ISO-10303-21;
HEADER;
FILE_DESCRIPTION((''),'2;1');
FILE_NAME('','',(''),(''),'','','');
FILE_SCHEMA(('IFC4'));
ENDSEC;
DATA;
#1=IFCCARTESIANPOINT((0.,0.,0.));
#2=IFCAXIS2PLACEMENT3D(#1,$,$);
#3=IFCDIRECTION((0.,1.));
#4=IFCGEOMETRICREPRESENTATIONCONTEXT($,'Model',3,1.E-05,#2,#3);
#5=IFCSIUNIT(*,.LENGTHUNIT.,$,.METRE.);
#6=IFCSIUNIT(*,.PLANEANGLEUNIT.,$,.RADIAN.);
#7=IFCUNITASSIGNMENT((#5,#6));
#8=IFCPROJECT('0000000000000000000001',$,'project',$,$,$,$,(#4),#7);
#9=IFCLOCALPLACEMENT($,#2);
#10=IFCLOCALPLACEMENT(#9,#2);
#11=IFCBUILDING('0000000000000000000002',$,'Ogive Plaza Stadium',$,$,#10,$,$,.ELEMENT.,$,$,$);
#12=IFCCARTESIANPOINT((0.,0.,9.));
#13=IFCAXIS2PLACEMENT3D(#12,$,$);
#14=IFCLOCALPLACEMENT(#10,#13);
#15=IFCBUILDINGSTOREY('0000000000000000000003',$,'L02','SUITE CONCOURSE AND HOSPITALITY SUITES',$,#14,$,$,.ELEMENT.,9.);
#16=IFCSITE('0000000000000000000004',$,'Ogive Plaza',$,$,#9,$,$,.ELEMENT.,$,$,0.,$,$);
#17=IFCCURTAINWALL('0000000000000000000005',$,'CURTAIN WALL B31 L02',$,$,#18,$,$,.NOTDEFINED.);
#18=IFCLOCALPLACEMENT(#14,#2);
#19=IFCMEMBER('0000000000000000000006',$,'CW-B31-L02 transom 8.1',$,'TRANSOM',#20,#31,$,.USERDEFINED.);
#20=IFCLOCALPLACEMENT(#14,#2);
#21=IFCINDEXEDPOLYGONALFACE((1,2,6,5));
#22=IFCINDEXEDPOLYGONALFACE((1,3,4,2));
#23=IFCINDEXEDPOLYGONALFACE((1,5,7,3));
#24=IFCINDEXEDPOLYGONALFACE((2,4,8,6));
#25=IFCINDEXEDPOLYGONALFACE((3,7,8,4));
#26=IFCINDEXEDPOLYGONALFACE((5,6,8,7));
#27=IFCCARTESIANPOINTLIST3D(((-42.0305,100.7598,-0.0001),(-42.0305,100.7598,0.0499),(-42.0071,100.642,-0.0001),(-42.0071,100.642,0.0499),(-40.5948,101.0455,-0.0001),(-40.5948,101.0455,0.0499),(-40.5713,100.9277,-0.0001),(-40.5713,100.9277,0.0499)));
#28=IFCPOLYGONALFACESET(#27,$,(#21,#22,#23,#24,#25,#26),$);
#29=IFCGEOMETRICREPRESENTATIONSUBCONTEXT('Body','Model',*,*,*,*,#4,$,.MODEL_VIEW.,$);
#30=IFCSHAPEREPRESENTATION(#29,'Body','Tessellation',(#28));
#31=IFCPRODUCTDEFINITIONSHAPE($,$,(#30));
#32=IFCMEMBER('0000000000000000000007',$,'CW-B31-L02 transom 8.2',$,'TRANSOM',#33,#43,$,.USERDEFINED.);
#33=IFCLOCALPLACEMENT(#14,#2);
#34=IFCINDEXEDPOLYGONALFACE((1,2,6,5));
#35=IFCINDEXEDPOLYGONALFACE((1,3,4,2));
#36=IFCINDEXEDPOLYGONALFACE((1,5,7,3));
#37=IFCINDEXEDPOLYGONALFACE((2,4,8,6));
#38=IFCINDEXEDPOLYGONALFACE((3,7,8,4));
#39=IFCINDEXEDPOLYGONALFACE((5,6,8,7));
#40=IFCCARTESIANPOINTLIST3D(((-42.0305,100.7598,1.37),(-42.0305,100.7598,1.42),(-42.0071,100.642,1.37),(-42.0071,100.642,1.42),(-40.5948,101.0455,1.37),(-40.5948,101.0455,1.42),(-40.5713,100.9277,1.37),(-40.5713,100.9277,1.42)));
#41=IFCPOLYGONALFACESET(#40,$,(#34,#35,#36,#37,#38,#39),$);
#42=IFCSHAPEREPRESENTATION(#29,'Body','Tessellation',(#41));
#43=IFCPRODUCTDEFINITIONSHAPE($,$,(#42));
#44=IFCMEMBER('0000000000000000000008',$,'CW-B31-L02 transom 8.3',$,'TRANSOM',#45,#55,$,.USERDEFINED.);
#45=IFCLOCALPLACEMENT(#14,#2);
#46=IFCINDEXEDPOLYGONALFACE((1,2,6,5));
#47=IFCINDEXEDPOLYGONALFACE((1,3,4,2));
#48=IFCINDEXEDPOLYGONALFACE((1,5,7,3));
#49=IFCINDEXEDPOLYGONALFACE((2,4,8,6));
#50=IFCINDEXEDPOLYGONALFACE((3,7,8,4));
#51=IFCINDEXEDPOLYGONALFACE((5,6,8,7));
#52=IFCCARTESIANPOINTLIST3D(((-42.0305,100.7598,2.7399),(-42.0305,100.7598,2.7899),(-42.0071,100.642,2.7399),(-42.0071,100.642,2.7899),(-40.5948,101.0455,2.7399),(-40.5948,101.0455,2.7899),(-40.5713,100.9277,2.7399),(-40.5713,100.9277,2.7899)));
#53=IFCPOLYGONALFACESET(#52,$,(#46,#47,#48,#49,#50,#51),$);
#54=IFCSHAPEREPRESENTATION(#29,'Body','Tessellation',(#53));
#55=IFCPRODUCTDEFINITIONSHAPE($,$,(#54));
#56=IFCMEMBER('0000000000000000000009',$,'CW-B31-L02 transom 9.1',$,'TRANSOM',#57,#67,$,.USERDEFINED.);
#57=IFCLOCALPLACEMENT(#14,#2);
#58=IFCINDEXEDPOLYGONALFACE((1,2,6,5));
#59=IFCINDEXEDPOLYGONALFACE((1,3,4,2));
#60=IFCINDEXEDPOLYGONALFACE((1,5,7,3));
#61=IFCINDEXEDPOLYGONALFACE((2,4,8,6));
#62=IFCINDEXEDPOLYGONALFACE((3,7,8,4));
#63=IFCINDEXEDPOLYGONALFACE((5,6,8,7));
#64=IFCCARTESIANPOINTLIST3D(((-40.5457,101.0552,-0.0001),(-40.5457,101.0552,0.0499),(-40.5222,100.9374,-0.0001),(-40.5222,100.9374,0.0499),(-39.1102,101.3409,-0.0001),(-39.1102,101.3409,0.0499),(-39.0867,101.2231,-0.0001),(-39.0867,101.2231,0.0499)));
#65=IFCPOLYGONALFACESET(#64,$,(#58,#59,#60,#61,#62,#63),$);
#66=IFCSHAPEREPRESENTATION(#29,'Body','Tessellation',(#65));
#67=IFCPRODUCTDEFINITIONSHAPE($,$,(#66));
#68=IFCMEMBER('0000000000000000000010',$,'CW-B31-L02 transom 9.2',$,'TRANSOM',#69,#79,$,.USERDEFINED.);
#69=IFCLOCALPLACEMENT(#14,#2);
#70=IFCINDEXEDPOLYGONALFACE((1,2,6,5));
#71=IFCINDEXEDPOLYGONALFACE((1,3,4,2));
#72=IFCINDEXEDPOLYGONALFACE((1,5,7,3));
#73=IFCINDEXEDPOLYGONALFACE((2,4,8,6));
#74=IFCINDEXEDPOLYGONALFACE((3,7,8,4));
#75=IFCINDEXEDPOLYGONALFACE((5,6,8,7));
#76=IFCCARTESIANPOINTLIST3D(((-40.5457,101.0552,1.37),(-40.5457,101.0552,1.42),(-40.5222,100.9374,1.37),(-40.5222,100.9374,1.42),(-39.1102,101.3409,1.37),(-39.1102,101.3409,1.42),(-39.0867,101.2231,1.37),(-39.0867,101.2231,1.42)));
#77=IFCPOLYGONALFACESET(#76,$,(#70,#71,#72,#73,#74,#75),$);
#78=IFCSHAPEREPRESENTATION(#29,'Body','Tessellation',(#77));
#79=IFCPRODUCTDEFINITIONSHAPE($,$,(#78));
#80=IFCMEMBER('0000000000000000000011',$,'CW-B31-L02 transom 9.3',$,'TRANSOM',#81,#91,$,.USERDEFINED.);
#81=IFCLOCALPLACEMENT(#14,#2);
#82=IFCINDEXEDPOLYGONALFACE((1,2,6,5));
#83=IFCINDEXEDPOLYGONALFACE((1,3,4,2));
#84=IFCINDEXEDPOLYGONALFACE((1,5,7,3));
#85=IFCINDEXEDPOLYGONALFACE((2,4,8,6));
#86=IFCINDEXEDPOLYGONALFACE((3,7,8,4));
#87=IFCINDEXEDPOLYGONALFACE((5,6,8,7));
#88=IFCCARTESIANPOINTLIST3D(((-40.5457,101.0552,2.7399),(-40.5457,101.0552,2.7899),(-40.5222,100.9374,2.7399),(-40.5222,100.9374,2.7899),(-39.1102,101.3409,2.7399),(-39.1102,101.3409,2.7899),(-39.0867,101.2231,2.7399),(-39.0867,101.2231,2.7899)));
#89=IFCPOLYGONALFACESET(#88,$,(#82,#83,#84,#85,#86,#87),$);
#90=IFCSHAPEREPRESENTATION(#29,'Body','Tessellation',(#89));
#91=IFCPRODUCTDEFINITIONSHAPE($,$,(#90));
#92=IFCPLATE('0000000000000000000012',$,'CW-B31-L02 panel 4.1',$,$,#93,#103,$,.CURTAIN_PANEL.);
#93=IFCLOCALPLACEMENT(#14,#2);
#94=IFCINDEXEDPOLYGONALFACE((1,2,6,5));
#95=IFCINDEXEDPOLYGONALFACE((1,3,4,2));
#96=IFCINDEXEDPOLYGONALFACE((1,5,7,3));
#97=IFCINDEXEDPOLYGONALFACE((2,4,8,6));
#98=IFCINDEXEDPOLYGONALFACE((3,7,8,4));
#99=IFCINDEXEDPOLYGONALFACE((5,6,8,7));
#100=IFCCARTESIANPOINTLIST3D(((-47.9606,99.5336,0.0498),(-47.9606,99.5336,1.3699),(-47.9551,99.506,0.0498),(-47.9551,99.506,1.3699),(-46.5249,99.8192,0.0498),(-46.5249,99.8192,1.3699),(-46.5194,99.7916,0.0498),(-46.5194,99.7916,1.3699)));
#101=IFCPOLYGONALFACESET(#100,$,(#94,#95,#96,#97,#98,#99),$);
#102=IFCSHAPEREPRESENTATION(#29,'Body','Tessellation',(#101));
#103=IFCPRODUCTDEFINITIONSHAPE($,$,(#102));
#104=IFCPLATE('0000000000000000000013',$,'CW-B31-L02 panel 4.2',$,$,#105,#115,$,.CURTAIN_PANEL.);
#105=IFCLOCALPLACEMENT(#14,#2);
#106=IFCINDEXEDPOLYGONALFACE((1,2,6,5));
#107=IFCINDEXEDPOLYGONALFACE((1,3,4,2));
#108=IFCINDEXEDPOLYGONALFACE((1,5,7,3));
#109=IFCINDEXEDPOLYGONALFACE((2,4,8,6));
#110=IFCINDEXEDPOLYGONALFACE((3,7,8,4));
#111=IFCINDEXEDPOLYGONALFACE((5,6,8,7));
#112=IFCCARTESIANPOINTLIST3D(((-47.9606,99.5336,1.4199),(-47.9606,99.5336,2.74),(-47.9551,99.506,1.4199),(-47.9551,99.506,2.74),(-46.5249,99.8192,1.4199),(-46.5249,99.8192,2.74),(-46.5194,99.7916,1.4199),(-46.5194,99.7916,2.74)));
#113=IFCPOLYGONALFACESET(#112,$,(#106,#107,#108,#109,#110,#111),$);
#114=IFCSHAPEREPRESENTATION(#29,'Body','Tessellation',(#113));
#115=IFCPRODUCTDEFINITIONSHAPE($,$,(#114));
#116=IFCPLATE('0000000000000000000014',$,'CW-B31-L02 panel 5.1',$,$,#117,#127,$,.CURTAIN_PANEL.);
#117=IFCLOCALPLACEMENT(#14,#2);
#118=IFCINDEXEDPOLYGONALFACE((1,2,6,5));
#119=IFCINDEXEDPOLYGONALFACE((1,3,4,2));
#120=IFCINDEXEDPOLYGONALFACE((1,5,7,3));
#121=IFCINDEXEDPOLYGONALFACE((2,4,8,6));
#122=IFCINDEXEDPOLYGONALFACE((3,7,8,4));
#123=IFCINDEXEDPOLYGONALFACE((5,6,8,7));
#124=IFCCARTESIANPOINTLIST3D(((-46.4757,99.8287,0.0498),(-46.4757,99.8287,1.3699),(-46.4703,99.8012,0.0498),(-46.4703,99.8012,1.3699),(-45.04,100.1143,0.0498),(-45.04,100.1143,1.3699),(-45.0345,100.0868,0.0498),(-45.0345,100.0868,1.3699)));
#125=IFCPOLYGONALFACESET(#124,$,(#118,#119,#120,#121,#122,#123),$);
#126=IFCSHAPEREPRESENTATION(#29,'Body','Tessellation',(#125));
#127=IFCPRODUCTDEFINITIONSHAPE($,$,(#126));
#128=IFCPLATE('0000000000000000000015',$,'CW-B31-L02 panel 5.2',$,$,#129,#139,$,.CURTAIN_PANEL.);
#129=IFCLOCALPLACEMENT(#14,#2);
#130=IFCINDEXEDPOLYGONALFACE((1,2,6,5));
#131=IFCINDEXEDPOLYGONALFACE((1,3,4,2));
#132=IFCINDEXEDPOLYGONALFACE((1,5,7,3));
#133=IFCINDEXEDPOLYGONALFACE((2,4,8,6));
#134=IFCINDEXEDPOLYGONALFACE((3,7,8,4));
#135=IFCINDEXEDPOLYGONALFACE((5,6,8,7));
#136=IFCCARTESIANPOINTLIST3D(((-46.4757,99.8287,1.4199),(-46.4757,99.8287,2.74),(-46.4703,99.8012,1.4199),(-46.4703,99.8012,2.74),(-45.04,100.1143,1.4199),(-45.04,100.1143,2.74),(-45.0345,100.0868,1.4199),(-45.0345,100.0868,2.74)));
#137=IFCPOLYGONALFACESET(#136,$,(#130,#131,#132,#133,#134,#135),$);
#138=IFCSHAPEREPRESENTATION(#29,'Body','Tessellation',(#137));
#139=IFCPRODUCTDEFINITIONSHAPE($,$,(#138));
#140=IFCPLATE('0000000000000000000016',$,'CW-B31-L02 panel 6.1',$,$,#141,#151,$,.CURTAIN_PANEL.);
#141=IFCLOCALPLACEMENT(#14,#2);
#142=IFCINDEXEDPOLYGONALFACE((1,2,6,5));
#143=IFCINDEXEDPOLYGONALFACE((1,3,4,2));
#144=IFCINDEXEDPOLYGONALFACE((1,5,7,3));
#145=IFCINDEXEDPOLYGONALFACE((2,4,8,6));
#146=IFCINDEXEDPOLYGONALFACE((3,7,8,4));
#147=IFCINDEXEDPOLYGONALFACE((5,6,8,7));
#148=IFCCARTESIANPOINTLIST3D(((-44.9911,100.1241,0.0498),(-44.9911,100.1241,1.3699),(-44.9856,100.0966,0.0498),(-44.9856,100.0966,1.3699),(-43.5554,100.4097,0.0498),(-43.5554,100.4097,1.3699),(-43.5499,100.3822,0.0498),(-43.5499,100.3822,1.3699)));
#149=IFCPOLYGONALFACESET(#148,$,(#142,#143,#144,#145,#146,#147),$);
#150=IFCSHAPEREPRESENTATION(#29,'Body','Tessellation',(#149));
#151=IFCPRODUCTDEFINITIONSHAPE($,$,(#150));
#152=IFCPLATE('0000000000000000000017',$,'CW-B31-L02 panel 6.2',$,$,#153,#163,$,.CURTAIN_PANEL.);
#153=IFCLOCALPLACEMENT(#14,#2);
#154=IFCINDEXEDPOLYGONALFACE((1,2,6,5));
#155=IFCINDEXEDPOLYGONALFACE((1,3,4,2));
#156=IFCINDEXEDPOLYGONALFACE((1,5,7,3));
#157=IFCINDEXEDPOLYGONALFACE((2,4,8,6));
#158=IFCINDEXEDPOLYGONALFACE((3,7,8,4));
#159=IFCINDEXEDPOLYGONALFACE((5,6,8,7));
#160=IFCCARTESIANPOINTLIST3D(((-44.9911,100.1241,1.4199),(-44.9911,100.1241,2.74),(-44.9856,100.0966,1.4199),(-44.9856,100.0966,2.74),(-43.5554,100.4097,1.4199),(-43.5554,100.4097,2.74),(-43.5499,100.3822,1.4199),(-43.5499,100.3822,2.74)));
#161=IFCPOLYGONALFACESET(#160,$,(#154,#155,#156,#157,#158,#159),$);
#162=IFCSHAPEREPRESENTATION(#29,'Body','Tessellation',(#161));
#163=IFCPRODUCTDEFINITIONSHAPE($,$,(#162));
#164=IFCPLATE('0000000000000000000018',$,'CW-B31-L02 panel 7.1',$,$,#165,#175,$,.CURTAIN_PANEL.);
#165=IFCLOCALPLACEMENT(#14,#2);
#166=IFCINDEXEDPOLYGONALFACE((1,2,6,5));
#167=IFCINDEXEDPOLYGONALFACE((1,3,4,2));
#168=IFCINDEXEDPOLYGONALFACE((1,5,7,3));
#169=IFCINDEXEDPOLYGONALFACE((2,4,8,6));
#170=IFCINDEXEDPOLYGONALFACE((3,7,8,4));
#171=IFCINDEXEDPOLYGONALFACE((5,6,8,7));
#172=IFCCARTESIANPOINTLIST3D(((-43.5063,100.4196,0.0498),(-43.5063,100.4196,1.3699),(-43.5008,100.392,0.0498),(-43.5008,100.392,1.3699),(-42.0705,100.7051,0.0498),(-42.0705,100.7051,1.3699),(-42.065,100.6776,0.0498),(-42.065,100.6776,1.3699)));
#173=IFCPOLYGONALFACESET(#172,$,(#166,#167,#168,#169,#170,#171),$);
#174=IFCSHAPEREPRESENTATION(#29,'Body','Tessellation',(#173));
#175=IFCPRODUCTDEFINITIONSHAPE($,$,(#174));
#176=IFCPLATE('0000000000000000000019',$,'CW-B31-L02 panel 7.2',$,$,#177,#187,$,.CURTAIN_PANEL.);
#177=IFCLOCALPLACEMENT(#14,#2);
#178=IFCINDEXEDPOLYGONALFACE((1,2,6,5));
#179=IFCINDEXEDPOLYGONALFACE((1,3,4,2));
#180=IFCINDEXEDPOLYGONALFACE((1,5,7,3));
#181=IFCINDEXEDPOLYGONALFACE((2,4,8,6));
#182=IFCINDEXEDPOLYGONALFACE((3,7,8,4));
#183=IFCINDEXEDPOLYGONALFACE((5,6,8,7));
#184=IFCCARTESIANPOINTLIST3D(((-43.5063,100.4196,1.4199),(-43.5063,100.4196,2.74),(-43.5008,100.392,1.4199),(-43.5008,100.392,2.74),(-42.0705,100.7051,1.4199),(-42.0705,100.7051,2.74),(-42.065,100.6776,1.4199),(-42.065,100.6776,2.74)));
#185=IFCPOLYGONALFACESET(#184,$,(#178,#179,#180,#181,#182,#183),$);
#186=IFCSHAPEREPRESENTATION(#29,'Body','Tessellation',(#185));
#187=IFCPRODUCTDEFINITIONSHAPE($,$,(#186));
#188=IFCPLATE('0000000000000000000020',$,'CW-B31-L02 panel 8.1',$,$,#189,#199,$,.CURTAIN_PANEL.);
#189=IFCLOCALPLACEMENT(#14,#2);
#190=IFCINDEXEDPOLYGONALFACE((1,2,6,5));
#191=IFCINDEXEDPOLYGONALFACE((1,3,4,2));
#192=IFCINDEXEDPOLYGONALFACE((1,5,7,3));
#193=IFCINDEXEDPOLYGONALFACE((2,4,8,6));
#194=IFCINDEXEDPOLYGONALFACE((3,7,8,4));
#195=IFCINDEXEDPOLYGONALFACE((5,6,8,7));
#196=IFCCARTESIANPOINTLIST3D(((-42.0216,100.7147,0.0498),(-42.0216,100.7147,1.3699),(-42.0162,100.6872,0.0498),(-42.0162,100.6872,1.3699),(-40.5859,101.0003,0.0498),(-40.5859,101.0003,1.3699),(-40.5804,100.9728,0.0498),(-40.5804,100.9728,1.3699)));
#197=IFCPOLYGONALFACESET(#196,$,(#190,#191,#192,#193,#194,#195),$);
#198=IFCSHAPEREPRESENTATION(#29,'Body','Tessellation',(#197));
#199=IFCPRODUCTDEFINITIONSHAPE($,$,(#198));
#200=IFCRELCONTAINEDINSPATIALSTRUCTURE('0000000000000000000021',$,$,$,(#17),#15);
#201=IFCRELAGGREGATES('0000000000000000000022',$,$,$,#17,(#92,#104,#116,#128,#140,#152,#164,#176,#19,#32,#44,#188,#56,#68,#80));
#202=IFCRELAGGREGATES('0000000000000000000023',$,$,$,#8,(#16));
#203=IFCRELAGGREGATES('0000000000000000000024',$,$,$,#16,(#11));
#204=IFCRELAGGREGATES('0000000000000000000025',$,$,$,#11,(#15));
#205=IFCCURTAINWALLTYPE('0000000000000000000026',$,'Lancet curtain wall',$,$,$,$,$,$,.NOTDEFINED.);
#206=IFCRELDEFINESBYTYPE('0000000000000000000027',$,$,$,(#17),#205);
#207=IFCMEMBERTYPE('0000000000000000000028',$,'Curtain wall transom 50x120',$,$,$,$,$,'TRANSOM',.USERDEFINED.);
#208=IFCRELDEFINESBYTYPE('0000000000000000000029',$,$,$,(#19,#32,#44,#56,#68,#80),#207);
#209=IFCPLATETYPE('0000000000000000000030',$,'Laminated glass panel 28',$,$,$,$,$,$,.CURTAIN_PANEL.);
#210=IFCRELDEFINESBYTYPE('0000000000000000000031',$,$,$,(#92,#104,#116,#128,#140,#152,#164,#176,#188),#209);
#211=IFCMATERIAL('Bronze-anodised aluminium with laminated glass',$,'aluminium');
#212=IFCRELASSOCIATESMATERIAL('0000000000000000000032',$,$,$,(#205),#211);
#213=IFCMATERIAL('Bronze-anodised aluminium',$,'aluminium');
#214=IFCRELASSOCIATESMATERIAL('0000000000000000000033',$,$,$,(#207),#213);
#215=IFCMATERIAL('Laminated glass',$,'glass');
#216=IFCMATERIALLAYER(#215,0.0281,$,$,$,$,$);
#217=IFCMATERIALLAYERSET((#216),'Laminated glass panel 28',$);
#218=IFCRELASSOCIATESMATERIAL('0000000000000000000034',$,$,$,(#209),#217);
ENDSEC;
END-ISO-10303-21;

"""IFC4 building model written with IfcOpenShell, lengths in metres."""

from ifc_helpers import new_model, si_unit, direction, frame, origin, origin_2d, place, context, subcontext, project, spatial, rectangle, extrude, material, layer, layer_set, material_profile, profile_set, type_object, element, aggregate, save


model = new_model("IFC4")

# Units and contexts
model_context = context("Model", 3, precision=1e-05, world=origin(), true_north=direction((0.0, 1.0)))
body_context = subcontext(model_context, "Body", "Model", "MODEL_VIEW")
ifc_project = project(units=[si_unit("LENGTHUNIT", "METRE"), si_unit("PLANEANGLEUNIT", "RADIAN")], contexts=[model_context])

# Site, building, storey
site_placement = place(None, origin())
site = spatial("IfcSite", under=ifc_project, at=site_placement, Name="Ogive Plaza", CompositionType="ELEMENT", RefElevation=0.0)
building_placement = place(site_placement, origin())
building = spatial("IfcBuilding", under=site, at=building_placement, Name="Ogive Plaza Stadium", CompositionType="ELEMENT")
storey_placement = place(building_placement, frame((0.0, 0.0, 9.0)))
storey = spatial("IfcBuildingStorey", under=building, at=storey_placement, Name="L02", Description="SUITE CONCOURSE AND HOSPITALITY SUITES", CompositionType="ELEMENT", Elevation=9.0)

# Curtain wall, members, plates
ifc_material_1 = material(Name="Bronze-anodised aluminium with laminated glass", Category="aluminium")
curtain_wall_type = type_object("IfcCurtainWallType", Name="Lancet curtain wall", PredefinedType="NOTDEFINED", material=ifc_material_1)
curtain_wall_placement = place(storey_placement, origin())
curtain_wall = element("IfcCurtainWall", 1, at=curtain_wall_placement, inside=storey, type_object=curtain_wall_type, Name="CURTAIN WALL B31 L02", PredefinedType="NOTDEFINED")
ifc_material_2 = material(Name="Bronze-anodised aluminium", Category="aluminium")
ifc_material_profile_1 = material_profile(ifc_material_2, rectangle(XDim=0.1201, YDim=0.05, at=origin_2d()), Name="AL 120x50")
ifc_profile_set_1 = profile_set([ifc_material_profile_1], Name="Bronze-anodised aluminium")
member_type_1 = type_object("IfcMemberType", Name="Curtain wall transom 50x120", ElementType="TRANSOM", PredefinedType="USERDEFINED", material=ifc_profile_set_1)
member_1_placement = place(storey_placement, frame((-42.0188, 100.7009, 0.0249), z_axis=(0.980779, 0.195122, 0.0), x_axis=(-0.195122, 0.980779, 0.0)))
member_1 = element("IfcMember", 2, at=member_1_placement, type_object=member_type_1, Name="CW-B31-L02 transom 8.1", ObjectType="TRANSOM", PredefinedType="USERDEFINED", context=body_context, shape_type="SweptSolid", body=[
    extrude(rectangle(XDim=0.1201, YDim=0.05, at=origin_2d()), origin(), (0.0, 0.0, 1.0), 1.4639),
])
member_2_placement = place(storey_placement, frame((-42.0188, 100.7009, 1.395), z_axis=(0.980779, 0.195122, 0.0), x_axis=(-0.195122, 0.980779, 0.0)))
member_2 = element("IfcMember", 3, at=member_2_placement, type_object=member_type_1, Name="CW-B31-L02 transom 8.2", ObjectType="TRANSOM", PredefinedType="USERDEFINED", context=body_context, shape_type="SweptSolid", body=[
    extrude(rectangle(XDim=0.1201, YDim=0.05, at=origin_2d()), origin(), (0.0, 0.0, 1.0), 1.4639),
])
member_3_placement = place(storey_placement, frame((-42.0188, 100.7009, 2.7649), z_axis=(0.980779, 0.195122, 0.0), x_axis=(-0.195122, 0.980779, 0.0)))
member_3 = element("IfcMember", 4, at=member_3_placement, type_object=member_type_1, Name="CW-B31-L02 transom 8.3", ObjectType="TRANSOM", PredefinedType="USERDEFINED", context=body_context, shape_type="SweptSolid", body=[
    extrude(rectangle(XDim=0.1201, YDim=0.05, at=origin_2d()), origin(), (0.0, 0.0, 1.0), 1.4639),
])
member_4_placement = place(storey_placement, frame((-40.5339, 100.9963, 0.0249), z_axis=(0.980773, 0.195154, 0.0), x_axis=(-0.195154, 0.980773, 0.0)))
member_4 = element("IfcMember", 5, at=member_4_placement, type_object=member_type_1, Name="CW-B31-L02 transom 9.1", ObjectType="TRANSOM", PredefinedType="USERDEFINED", context=body_context, shape_type="SweptSolid", body=[
    extrude(rectangle(XDim=0.1201, YDim=0.05, at=origin_2d()), origin(), (0.0, 0.0, 1.0), 1.4636),
])
member_5_placement = place(storey_placement, frame((-40.5339, 100.9963, 1.395), z_axis=(0.980773, 0.195154, 0.0), x_axis=(-0.195154, 0.980773, 0.0)))
member_5 = element("IfcMember", 6, at=member_5_placement, type_object=member_type_1, Name="CW-B31-L02 transom 9.2", ObjectType="TRANSOM", PredefinedType="USERDEFINED", context=body_context, shape_type="SweptSolid", body=[
    extrude(rectangle(XDim=0.1201, YDim=0.05, at=origin_2d()), origin(), (0.0, 0.0, 1.0), 1.4636),
])
member_6_placement = place(storey_placement, frame((-40.5339, 100.9963, 2.7649), z_axis=(0.980773, 0.195154, 0.0), x_axis=(-0.195154, 0.980773, 0.0)))
member_6 = element("IfcMember", 7, at=member_6_placement, type_object=member_type_1, Name="CW-B31-L02 transom 9.3", ObjectType="TRANSOM", PredefinedType="USERDEFINED", context=body_context, shape_type="SweptSolid", body=[
    extrude(rectangle(XDim=0.1201, YDim=0.05, at=origin_2d()), origin(), (0.0, 0.0, 1.0), 1.4636),
])
ifc_material_3 = material(Name="Laminated glass", Category="glass")
ifc_layer_1 = layer(ifc_material_3, 0.0281)
ifc_layer_set_1 = layer_set([ifc_layer_1], Name="Laminated glass panel 28")
plate_type = type_object("IfcPlateType", Name="Laminated glass panel 28", PredefinedType="CURTAIN_PANEL", material=ifc_layer_set_1)
plate_1_placement = place(storey_placement, frame((-47.24, 99.6626, 0.0498), z_axis=(0.0, 0.0, 1.0), x_axis=(0.980785, 0.19509, 0.0)))
plate_1 = element("IfcPlate", 8, at=plate_1_placement, type_object=plate_type, Name="CW-B31-L02 panel 4.1", PredefinedType="CURTAIN_PANEL", context=body_context, shape_type="SweptSolid", body=[
    extrude(rectangle(XDim=1.4639, YDim=0.0281, at=origin_2d()), origin(), (0.0, 0.0, 1.0), 1.3201),
])
plate_2_placement = place(storey_placement, frame((-47.24, 99.6626, 1.4199), z_axis=(0.0, 0.0, 1.0), x_axis=(0.980785, 0.19509, 0.0)))
plate_2 = element("IfcPlate", 9, at=plate_2_placement, type_object=plate_type, Name="CW-B31-L02 panel 4.2", PredefinedType="CURTAIN_PANEL", context=body_context, shape_type="SweptSolid", body=[
    extrude(rectangle(XDim=1.4639, YDim=0.0281, at=origin_2d()), origin(), (0.0, 0.0, 1.0), 1.3201),
])
plate_3_placement = place(storey_placement, frame((-45.7551, 99.9578, 0.0498), z_axis=(0.0, 0.0, 1.0), x_axis=(0.980785, 0.19509, 0.0)))
plate_3 = element("IfcPlate", 10, at=plate_3_placement, type_object=plate_type, Name="CW-B31-L02 panel 5.1", PredefinedType="CURTAIN_PANEL", context=body_context, shape_type="SweptSolid", body=[
    extrude(rectangle(XDim=1.4639, YDim=0.0281, at=origin_2d()), origin(), (0.0, 0.0, 1.0), 1.3201),
])
plate_4_placement = place(storey_placement, frame((-45.7551, 99.9578, 1.4199), z_axis=(0.0, 0.0, 1.0), x_axis=(0.980785, 0.19509, 0.0)))
plate_4 = element("IfcPlate", 11, at=plate_4_placement, type_object=plate_type, Name="CW-B31-L02 panel 5.2", PredefinedType="CURTAIN_PANEL", context=body_context, shape_type="SweptSolid", body=[
    extrude(rectangle(XDim=1.4639, YDim=0.0281, at=origin_2d()), origin(), (0.0, 0.0, 1.0), 1.3201),
])
plate_5_placement = place(storey_placement, frame((-44.2705, 100.2532, 0.0498), z_axis=(0.0, 0.0, 1.0), x_axis=(0.980785, 0.19509, 0.0)))
plate_5 = element("IfcPlate", 12, at=plate_5_placement, type_object=plate_type, Name="CW-B31-L02 panel 6.1", PredefinedType="CURTAIN_PANEL", context=body_context, shape_type="SweptSolid", body=[
    extrude(rectangle(XDim=1.4639, YDim=0.0281, at=origin_2d()), origin(), (0.0, 0.0, 1.0), 1.3201),
])
plate_6_placement = place(storey_placement, frame((-44.2705, 100.2532, 1.4199), z_axis=(0.0, 0.0, 1.0), x_axis=(0.980785, 0.19509, 0.0)))
plate_6 = element("IfcPlate", 13, at=plate_6_placement, type_object=plate_type, Name="CW-B31-L02 panel 6.2", PredefinedType="CURTAIN_PANEL", context=body_context, shape_type="SweptSolid", body=[
    extrude(rectangle(XDim=1.4639, YDim=0.0281, at=origin_2d()), origin(), (0.0, 0.0, 1.0), 1.3201),
])
plate_7_placement = place(storey_placement, frame((-42.7856, 100.5486, 0.0498), z_axis=(0.0, 0.0, 1.0), x_axis=(0.980785, 0.19509, 0.0)))
plate_7 = element("IfcPlate", 14, at=plate_7_placement, type_object=plate_type, Name="CW-B31-L02 panel 7.1", PredefinedType="CURTAIN_PANEL", context=body_context, shape_type="SweptSolid", body=[
    extrude(rectangle(XDim=1.4639, YDim=0.0281, at=origin_2d()), origin(), (0.0, 0.0, 1.0), 1.3201),
])
plate_8_placement = place(storey_placement, frame((-42.7856, 100.5486, 1.4199), z_axis=(0.0, 0.0, 1.0), x_axis=(0.980785, 0.19509, 0.0)))
plate_8 = element("IfcPlate", 15, at=plate_8_placement, type_object=plate_type, Name="CW-B31-L02 panel 7.2", PredefinedType="CURTAIN_PANEL", context=body_context, shape_type="SweptSolid", body=[
    extrude(rectangle(XDim=1.4639, YDim=0.0281, at=origin_2d()), origin(), (0.0, 0.0, 1.0), 1.3201),
])
plate_9_placement = place(storey_placement, frame((-41.301, 100.8438, 0.0498), z_axis=(0.0, 0.0, 1.0), x_axis=(0.980785, 0.19509, 0.0)))
plate_9 = element("IfcPlate", 16, at=plate_9_placement, type_object=plate_type, Name="CW-B31-L02 panel 8.1", PredefinedType="CURTAIN_PANEL", context=body_context, shape_type="SweptSolid", body=[
    extrude(rectangle(XDim=1.4639, YDim=0.0281, at=origin_2d()), origin(), (0.0, 0.0, 1.0), 1.3201),
])
aggregate(curtain_wall, [plate_1, plate_2, plate_3, plate_4, plate_5, plate_6, plate_7, plate_8, member_1, member_2, member_3, plate_9, member_4, member_5, member_6])

save(model, "model.ifc")
